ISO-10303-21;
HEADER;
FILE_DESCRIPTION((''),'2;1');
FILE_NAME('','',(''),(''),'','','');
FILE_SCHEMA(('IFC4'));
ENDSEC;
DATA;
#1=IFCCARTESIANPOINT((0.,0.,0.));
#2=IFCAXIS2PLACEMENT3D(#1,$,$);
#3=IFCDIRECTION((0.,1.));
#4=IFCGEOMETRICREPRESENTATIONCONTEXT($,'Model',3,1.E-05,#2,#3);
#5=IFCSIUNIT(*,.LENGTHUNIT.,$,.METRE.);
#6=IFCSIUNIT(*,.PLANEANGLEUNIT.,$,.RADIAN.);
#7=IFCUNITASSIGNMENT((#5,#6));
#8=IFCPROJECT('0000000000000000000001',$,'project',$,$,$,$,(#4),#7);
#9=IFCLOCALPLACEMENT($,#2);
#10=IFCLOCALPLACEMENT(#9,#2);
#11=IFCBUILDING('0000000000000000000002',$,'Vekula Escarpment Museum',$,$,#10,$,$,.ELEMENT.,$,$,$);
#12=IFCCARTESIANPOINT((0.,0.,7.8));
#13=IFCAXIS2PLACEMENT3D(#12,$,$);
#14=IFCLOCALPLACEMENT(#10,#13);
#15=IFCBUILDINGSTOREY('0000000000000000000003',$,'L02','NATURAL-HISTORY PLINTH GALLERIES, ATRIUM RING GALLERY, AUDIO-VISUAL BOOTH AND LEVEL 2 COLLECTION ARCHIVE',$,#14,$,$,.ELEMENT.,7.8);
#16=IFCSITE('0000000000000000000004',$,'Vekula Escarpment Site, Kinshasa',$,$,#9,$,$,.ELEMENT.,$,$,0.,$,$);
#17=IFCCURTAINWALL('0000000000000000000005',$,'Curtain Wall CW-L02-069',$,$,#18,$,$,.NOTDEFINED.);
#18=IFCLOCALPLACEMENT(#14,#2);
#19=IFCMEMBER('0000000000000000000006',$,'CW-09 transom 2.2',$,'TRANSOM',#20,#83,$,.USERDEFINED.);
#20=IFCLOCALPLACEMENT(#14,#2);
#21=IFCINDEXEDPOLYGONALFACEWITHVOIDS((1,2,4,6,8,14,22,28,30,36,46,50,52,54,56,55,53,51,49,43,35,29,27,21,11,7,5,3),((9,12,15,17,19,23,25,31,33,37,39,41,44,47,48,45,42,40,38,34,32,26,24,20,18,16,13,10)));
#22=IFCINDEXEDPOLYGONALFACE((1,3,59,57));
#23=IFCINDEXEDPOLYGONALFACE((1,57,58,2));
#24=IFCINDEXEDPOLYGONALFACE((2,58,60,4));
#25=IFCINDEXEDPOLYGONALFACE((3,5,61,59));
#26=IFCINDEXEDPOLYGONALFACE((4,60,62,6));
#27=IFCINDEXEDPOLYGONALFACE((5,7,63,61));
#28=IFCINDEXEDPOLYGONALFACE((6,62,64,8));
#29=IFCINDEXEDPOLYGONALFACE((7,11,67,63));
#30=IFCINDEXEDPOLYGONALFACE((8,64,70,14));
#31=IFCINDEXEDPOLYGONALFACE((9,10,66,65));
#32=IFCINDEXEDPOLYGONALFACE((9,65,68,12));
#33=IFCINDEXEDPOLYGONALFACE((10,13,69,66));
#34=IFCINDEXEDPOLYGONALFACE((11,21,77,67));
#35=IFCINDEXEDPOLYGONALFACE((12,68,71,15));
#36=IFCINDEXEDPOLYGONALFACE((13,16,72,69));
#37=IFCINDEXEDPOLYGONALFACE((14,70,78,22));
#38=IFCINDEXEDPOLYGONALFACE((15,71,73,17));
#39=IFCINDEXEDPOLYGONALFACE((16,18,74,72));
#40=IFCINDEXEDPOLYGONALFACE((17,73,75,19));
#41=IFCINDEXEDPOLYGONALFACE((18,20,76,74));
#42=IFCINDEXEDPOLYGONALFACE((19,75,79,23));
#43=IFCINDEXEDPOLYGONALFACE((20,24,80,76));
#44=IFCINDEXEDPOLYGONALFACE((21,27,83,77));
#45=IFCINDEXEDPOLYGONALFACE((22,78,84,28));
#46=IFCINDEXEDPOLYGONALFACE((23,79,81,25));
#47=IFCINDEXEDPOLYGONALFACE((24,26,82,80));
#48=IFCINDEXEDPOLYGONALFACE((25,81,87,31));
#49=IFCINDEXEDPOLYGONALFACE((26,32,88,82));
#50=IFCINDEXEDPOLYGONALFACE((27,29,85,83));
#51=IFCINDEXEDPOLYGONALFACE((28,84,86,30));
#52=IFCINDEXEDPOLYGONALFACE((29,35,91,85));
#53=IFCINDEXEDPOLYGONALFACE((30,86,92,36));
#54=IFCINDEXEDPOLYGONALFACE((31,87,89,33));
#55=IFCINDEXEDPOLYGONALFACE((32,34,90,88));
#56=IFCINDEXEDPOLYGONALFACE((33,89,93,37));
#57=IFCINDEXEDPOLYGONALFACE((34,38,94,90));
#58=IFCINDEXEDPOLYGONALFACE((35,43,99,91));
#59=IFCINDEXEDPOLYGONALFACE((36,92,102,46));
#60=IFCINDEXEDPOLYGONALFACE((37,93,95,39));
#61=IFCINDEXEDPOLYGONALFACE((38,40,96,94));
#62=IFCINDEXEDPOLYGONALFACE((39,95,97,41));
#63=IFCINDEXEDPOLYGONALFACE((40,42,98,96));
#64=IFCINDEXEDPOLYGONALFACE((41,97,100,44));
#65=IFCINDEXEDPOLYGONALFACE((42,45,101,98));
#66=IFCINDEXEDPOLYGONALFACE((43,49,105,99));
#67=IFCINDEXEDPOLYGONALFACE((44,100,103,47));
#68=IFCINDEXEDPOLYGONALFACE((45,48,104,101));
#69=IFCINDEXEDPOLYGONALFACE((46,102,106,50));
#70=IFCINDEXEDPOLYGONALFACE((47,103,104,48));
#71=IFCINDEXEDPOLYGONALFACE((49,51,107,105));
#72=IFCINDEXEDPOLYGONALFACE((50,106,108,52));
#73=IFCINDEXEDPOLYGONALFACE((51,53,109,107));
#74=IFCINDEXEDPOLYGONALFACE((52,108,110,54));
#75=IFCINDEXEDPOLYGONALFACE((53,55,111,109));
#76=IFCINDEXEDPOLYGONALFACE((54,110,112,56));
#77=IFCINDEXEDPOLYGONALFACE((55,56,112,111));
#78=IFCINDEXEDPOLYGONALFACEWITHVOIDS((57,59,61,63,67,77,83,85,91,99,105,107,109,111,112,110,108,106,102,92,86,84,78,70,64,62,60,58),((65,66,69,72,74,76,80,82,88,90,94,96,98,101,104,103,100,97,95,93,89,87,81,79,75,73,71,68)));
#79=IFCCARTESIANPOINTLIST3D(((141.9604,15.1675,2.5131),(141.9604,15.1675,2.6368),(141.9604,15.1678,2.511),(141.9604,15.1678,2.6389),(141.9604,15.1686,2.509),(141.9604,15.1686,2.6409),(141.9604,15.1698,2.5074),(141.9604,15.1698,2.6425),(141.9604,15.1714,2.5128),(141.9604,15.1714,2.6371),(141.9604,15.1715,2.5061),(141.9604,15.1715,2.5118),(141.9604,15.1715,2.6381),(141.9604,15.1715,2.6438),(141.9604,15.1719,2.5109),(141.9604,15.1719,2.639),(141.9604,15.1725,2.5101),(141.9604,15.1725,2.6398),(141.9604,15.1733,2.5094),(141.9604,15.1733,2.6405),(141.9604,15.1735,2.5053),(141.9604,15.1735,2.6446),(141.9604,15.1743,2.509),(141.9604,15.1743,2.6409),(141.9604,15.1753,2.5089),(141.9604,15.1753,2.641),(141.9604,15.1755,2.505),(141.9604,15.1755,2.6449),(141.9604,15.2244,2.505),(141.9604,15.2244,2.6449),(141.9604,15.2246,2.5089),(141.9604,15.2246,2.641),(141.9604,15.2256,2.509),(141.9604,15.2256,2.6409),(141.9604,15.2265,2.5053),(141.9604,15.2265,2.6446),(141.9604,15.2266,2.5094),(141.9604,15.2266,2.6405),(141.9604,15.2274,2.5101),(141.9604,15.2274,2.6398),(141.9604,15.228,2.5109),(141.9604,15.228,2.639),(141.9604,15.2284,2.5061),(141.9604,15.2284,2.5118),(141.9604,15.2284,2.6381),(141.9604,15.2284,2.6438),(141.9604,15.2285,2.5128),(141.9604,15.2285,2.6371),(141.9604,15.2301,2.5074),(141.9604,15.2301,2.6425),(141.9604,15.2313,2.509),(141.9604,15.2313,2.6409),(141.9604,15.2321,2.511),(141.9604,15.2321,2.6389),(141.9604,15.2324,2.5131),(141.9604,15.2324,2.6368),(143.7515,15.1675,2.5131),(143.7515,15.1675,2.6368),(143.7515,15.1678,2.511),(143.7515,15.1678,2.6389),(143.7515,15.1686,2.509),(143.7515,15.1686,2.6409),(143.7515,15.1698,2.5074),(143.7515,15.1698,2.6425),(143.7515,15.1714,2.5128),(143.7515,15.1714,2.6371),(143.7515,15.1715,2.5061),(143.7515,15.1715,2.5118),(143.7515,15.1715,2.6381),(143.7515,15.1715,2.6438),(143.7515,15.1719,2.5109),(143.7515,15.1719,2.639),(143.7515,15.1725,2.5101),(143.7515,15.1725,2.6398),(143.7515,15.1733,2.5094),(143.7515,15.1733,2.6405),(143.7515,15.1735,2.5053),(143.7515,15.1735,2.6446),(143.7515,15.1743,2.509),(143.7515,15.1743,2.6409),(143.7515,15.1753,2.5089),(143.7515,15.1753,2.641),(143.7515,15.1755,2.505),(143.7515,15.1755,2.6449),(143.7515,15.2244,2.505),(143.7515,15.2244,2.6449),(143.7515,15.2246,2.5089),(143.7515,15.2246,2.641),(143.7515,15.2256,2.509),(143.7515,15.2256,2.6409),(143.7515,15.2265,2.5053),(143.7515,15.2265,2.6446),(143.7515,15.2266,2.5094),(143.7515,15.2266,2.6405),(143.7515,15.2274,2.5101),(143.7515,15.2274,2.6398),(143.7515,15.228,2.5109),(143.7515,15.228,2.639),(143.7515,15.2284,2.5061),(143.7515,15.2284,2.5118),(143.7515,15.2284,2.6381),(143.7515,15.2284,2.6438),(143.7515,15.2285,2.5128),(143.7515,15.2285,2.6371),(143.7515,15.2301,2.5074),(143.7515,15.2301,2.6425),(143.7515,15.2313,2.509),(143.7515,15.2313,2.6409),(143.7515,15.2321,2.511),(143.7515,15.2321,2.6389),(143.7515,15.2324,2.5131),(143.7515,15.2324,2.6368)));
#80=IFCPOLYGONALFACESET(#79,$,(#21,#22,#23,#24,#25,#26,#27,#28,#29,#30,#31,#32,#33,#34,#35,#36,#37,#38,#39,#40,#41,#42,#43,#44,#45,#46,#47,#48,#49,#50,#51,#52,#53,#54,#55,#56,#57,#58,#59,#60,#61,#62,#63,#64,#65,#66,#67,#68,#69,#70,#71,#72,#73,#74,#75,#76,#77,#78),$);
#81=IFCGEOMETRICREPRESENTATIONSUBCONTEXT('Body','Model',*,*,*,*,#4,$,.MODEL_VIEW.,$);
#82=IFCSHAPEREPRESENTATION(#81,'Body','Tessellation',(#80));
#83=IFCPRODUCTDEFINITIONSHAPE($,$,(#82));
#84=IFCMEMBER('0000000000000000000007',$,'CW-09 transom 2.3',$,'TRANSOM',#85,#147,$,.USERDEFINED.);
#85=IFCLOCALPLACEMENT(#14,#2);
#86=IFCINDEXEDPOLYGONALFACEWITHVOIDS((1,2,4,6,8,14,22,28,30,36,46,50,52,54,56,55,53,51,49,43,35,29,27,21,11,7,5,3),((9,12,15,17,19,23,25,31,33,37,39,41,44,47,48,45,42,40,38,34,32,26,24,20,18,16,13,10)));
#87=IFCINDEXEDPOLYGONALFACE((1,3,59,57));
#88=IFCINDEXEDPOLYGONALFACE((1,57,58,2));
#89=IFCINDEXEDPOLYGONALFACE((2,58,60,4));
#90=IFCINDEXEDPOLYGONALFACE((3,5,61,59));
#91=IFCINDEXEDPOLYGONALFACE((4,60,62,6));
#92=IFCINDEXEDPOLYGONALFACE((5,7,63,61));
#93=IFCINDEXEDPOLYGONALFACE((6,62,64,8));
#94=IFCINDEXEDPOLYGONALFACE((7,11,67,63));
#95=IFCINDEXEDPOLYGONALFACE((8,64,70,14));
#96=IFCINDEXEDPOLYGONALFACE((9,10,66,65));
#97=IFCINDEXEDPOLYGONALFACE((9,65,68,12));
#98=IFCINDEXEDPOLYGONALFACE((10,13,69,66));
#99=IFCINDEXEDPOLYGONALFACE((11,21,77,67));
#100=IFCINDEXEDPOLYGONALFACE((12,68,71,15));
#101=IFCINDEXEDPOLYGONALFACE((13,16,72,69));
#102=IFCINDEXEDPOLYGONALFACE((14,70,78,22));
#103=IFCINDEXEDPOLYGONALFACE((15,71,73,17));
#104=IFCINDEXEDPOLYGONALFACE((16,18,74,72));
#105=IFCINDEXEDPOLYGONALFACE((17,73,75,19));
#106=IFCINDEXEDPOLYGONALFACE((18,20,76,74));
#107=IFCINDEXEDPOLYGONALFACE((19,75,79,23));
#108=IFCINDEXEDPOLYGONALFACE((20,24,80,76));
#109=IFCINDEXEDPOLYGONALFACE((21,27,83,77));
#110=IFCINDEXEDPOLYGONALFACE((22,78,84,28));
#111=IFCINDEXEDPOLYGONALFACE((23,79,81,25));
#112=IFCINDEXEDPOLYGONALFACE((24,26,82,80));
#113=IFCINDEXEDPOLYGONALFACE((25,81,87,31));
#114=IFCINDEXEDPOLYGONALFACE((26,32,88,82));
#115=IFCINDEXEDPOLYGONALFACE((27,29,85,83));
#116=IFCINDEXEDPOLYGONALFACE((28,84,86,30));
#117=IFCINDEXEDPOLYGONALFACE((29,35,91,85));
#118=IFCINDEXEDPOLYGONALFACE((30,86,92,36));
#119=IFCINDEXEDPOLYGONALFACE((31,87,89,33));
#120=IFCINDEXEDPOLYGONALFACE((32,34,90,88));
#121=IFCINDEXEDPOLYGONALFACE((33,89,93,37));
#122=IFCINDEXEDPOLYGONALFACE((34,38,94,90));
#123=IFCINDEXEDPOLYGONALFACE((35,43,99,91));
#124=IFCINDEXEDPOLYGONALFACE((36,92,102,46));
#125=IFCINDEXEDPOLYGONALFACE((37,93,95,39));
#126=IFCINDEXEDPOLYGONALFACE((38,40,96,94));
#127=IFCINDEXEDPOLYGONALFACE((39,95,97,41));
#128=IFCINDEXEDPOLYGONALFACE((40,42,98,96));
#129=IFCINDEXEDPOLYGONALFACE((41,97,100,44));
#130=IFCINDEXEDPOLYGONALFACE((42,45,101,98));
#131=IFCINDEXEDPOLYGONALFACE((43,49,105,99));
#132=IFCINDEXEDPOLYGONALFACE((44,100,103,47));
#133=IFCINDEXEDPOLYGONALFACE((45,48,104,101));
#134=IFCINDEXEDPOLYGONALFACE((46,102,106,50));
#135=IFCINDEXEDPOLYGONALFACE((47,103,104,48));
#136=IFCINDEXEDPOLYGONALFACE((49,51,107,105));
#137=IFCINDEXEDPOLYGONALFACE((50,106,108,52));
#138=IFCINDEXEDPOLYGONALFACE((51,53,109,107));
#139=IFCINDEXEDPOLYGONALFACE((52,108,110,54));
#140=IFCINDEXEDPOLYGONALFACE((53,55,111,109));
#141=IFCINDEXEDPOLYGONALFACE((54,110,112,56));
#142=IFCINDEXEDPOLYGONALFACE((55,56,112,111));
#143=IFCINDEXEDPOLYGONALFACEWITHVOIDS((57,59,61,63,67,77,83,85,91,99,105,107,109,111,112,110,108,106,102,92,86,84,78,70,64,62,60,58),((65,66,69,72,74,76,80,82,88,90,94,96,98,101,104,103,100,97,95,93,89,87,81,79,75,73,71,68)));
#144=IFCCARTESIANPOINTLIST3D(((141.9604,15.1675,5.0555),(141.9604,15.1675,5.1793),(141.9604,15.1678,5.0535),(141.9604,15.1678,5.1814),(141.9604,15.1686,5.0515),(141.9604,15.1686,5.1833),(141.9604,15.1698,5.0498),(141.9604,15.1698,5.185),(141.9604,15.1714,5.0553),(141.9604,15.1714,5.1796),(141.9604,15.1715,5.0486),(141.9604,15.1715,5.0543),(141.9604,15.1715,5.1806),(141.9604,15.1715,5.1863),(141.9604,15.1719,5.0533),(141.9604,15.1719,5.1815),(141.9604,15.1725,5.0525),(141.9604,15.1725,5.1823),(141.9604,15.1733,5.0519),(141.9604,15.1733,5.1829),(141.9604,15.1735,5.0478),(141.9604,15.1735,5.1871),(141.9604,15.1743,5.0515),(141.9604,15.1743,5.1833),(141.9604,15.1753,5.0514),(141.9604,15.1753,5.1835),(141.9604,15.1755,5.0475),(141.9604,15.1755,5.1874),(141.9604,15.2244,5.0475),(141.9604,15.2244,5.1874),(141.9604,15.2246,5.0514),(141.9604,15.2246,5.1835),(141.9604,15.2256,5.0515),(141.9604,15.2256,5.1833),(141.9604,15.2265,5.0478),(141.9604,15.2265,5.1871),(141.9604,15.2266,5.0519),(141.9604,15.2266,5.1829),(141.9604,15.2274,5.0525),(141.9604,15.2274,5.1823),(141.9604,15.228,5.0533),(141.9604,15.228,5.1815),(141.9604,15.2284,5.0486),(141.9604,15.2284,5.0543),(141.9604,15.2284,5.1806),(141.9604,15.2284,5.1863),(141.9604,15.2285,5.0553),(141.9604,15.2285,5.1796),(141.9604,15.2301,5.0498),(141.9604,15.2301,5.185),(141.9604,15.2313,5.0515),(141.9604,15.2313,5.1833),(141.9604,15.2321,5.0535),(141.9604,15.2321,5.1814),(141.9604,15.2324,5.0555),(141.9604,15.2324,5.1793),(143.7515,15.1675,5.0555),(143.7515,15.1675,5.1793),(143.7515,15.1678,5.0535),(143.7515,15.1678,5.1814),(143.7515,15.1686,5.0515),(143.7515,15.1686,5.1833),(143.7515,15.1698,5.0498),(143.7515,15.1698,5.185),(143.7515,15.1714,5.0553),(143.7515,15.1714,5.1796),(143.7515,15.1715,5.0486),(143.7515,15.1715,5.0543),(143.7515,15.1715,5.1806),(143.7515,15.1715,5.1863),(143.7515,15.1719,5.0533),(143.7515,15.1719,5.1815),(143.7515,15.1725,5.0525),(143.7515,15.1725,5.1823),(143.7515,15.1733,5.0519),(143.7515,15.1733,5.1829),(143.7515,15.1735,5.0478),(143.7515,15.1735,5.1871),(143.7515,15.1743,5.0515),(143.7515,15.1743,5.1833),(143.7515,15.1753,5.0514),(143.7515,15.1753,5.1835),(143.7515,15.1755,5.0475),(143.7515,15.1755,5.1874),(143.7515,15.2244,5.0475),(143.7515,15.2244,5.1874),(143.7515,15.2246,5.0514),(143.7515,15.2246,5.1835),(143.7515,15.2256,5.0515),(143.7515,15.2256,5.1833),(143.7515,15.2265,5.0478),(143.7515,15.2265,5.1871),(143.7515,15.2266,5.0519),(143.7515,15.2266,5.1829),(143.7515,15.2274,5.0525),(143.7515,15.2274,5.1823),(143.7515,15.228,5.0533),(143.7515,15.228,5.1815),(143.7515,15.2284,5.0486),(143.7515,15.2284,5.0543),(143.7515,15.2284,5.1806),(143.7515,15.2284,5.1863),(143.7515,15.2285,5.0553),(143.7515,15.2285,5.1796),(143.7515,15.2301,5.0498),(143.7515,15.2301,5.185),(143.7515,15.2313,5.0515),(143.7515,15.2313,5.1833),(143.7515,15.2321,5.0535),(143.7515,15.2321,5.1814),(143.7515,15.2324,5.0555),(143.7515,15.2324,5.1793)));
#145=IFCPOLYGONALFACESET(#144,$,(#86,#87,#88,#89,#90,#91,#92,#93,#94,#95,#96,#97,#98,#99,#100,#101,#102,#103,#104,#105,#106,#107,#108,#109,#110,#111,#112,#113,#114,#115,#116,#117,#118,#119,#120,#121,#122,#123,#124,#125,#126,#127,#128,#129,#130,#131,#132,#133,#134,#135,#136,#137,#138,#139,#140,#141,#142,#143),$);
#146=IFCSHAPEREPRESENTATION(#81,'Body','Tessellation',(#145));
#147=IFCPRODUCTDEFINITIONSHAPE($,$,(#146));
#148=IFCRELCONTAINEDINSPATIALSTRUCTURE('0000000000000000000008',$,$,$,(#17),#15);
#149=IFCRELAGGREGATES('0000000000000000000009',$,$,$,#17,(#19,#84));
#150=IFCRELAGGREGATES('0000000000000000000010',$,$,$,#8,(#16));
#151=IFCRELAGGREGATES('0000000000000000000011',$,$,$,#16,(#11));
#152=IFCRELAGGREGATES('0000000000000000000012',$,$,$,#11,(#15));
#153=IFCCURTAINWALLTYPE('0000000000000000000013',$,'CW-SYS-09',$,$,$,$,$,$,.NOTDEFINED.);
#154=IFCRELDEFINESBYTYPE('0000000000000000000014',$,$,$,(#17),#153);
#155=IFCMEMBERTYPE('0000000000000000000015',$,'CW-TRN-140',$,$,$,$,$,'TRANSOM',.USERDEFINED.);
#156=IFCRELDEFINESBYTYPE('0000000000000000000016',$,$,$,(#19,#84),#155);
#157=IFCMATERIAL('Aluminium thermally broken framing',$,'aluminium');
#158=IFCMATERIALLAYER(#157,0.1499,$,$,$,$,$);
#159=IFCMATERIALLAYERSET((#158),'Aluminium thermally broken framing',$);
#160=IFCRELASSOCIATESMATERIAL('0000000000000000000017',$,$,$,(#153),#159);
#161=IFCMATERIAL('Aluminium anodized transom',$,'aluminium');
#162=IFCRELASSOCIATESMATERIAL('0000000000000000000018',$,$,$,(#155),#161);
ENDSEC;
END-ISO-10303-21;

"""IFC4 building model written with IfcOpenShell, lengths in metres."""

from ifc_helpers import new_model, si_unit, direction, frame, origin, origin_2d, place, context, subcontext, project, spatial, hollow_rectangle, extrude, material, layer, layer_set, material_profile, profile_set, type_object, element, aggregate, save


model = new_model("IFC4")

# Units and contexts
model_context = context("Model", 3, precision=1e-05, world=origin(), true_north=direction((0.0, 1.0)))
body_context = subcontext(model_context, "Body", "Model", "MODEL_VIEW")
ifc_project = project(units=[si_unit("LENGTHUNIT", "METRE"), si_unit("PLANEANGLEUNIT", "RADIAN")], contexts=[model_context])

# Site, building, storey
site_placement = place(None, origin())
site = spatial("IfcSite", under=ifc_project, at=site_placement, Name="Vekula Escarpment Site, Kinshasa", CompositionType="ELEMENT", RefElevation=0.0)
building_placement = place(site_placement, origin())
building = spatial("IfcBuilding", under=site, at=building_placement, Name="Vekula Escarpment Museum", CompositionType="ELEMENT")
storey_placement = place(building_placement, frame((0.0, 0.0, 7.8)))
storey = spatial("IfcBuildingStorey", under=building, at=storey_placement, Name="L02", Description="NATURAL-HISTORY PLINTH GALLERIES, ATRIUM RING GALLERY, AUDIO-VISUAL BOOTH AND LEVEL 2 COLLECTION ARCHIVE", CompositionType="ELEMENT", Elevation=7.8)

# Curtain wall, members
ifc_material_1 = material(Name="Aluminium thermally broken framing", Category="aluminium")
ifc_layer_1 = layer(ifc_material_1, 0.1499)
ifc_layer_set_1 = layer_set([ifc_layer_1], Name="Aluminium thermally broken framing")
curtain_wall_type = type_object("IfcCurtainWallType", Name="CW-SYS-09", PredefinedType="NOTDEFINED", material=ifc_layer_set_1)
curtain_wall_placement = place(storey_placement, origin())
curtain_wall = element("IfcCurtainWall", 1, at=curtain_wall_placement, inside=storey, type_object=curtain_wall_type, Name="Curtain Wall CW-L02-069", PredefinedType="NOTDEFINED")
ifc_material_2 = material(Name="Aluminium anodized transom", Category="aluminium")
ifc_material_profile_1 = material_profile(ifc_material_2, hollow_rectangle(XDim=0.0649, YDim=0.1399, WallThickness=0.0039, InnerFilletRadius=0.0039, OuterFilletRadius=0.0081, at=origin_2d()), Name="ALU 140x65x4")
ifc_profile_set_1 = profile_set([ifc_material_profile_1], Name="Aluminium anodized transom")
member_type_1 = type_object("IfcMemberType", Name="CW-TRN-140", ElementType="TRANSOM", PredefinedType="USERDEFINED", material=ifc_profile_set_1)
member_1_placement = place(storey_placement, frame((143.7515, 15.2, 2.575), z_axis=(-1.0, 0.0, 0.0), x_axis=(0.0, -1.0, 0.0)))
member_1 = element("IfcMember", 2, at=member_1_placement, type_object=member_type_1, Name="CW-09 transom 2.2", ObjectType="TRANSOM", PredefinedType="USERDEFINED", context=body_context, shape_type="SweptSolid", body=[
    extrude(hollow_rectangle(XDim=0.0649, YDim=0.1399, WallThickness=0.0039, InnerFilletRadius=0.0039, OuterFilletRadius=0.0081, at=origin_2d()), origin(), (0.0, 0.0, 1.0), 1.791),
])
member_2_placement = place(storey_placement, frame((143.7515, 15.2, 5.1174), z_axis=(-1.0, 0.0, 0.0), x_axis=(0.0, -1.0, 0.0)))
member_2 = element("IfcMember", 3, at=member_2_placement, type_object=member_type_1, Name="CW-09 transom 2.3", ObjectType="TRANSOM", PredefinedType="USERDEFINED", context=body_context, shape_type="SweptSolid", body=[
    extrude(hollow_rectangle(XDim=0.0649, YDim=0.1399, WallThickness=0.0039, InnerFilletRadius=0.0039, OuterFilletRadius=0.0081, at=origin_2d()), origin(), (0.0, 0.0, 1.0), 1.791),
])
aggregate(curtain_wall, [member_1, member_2])

save(model, "model.ifc")
